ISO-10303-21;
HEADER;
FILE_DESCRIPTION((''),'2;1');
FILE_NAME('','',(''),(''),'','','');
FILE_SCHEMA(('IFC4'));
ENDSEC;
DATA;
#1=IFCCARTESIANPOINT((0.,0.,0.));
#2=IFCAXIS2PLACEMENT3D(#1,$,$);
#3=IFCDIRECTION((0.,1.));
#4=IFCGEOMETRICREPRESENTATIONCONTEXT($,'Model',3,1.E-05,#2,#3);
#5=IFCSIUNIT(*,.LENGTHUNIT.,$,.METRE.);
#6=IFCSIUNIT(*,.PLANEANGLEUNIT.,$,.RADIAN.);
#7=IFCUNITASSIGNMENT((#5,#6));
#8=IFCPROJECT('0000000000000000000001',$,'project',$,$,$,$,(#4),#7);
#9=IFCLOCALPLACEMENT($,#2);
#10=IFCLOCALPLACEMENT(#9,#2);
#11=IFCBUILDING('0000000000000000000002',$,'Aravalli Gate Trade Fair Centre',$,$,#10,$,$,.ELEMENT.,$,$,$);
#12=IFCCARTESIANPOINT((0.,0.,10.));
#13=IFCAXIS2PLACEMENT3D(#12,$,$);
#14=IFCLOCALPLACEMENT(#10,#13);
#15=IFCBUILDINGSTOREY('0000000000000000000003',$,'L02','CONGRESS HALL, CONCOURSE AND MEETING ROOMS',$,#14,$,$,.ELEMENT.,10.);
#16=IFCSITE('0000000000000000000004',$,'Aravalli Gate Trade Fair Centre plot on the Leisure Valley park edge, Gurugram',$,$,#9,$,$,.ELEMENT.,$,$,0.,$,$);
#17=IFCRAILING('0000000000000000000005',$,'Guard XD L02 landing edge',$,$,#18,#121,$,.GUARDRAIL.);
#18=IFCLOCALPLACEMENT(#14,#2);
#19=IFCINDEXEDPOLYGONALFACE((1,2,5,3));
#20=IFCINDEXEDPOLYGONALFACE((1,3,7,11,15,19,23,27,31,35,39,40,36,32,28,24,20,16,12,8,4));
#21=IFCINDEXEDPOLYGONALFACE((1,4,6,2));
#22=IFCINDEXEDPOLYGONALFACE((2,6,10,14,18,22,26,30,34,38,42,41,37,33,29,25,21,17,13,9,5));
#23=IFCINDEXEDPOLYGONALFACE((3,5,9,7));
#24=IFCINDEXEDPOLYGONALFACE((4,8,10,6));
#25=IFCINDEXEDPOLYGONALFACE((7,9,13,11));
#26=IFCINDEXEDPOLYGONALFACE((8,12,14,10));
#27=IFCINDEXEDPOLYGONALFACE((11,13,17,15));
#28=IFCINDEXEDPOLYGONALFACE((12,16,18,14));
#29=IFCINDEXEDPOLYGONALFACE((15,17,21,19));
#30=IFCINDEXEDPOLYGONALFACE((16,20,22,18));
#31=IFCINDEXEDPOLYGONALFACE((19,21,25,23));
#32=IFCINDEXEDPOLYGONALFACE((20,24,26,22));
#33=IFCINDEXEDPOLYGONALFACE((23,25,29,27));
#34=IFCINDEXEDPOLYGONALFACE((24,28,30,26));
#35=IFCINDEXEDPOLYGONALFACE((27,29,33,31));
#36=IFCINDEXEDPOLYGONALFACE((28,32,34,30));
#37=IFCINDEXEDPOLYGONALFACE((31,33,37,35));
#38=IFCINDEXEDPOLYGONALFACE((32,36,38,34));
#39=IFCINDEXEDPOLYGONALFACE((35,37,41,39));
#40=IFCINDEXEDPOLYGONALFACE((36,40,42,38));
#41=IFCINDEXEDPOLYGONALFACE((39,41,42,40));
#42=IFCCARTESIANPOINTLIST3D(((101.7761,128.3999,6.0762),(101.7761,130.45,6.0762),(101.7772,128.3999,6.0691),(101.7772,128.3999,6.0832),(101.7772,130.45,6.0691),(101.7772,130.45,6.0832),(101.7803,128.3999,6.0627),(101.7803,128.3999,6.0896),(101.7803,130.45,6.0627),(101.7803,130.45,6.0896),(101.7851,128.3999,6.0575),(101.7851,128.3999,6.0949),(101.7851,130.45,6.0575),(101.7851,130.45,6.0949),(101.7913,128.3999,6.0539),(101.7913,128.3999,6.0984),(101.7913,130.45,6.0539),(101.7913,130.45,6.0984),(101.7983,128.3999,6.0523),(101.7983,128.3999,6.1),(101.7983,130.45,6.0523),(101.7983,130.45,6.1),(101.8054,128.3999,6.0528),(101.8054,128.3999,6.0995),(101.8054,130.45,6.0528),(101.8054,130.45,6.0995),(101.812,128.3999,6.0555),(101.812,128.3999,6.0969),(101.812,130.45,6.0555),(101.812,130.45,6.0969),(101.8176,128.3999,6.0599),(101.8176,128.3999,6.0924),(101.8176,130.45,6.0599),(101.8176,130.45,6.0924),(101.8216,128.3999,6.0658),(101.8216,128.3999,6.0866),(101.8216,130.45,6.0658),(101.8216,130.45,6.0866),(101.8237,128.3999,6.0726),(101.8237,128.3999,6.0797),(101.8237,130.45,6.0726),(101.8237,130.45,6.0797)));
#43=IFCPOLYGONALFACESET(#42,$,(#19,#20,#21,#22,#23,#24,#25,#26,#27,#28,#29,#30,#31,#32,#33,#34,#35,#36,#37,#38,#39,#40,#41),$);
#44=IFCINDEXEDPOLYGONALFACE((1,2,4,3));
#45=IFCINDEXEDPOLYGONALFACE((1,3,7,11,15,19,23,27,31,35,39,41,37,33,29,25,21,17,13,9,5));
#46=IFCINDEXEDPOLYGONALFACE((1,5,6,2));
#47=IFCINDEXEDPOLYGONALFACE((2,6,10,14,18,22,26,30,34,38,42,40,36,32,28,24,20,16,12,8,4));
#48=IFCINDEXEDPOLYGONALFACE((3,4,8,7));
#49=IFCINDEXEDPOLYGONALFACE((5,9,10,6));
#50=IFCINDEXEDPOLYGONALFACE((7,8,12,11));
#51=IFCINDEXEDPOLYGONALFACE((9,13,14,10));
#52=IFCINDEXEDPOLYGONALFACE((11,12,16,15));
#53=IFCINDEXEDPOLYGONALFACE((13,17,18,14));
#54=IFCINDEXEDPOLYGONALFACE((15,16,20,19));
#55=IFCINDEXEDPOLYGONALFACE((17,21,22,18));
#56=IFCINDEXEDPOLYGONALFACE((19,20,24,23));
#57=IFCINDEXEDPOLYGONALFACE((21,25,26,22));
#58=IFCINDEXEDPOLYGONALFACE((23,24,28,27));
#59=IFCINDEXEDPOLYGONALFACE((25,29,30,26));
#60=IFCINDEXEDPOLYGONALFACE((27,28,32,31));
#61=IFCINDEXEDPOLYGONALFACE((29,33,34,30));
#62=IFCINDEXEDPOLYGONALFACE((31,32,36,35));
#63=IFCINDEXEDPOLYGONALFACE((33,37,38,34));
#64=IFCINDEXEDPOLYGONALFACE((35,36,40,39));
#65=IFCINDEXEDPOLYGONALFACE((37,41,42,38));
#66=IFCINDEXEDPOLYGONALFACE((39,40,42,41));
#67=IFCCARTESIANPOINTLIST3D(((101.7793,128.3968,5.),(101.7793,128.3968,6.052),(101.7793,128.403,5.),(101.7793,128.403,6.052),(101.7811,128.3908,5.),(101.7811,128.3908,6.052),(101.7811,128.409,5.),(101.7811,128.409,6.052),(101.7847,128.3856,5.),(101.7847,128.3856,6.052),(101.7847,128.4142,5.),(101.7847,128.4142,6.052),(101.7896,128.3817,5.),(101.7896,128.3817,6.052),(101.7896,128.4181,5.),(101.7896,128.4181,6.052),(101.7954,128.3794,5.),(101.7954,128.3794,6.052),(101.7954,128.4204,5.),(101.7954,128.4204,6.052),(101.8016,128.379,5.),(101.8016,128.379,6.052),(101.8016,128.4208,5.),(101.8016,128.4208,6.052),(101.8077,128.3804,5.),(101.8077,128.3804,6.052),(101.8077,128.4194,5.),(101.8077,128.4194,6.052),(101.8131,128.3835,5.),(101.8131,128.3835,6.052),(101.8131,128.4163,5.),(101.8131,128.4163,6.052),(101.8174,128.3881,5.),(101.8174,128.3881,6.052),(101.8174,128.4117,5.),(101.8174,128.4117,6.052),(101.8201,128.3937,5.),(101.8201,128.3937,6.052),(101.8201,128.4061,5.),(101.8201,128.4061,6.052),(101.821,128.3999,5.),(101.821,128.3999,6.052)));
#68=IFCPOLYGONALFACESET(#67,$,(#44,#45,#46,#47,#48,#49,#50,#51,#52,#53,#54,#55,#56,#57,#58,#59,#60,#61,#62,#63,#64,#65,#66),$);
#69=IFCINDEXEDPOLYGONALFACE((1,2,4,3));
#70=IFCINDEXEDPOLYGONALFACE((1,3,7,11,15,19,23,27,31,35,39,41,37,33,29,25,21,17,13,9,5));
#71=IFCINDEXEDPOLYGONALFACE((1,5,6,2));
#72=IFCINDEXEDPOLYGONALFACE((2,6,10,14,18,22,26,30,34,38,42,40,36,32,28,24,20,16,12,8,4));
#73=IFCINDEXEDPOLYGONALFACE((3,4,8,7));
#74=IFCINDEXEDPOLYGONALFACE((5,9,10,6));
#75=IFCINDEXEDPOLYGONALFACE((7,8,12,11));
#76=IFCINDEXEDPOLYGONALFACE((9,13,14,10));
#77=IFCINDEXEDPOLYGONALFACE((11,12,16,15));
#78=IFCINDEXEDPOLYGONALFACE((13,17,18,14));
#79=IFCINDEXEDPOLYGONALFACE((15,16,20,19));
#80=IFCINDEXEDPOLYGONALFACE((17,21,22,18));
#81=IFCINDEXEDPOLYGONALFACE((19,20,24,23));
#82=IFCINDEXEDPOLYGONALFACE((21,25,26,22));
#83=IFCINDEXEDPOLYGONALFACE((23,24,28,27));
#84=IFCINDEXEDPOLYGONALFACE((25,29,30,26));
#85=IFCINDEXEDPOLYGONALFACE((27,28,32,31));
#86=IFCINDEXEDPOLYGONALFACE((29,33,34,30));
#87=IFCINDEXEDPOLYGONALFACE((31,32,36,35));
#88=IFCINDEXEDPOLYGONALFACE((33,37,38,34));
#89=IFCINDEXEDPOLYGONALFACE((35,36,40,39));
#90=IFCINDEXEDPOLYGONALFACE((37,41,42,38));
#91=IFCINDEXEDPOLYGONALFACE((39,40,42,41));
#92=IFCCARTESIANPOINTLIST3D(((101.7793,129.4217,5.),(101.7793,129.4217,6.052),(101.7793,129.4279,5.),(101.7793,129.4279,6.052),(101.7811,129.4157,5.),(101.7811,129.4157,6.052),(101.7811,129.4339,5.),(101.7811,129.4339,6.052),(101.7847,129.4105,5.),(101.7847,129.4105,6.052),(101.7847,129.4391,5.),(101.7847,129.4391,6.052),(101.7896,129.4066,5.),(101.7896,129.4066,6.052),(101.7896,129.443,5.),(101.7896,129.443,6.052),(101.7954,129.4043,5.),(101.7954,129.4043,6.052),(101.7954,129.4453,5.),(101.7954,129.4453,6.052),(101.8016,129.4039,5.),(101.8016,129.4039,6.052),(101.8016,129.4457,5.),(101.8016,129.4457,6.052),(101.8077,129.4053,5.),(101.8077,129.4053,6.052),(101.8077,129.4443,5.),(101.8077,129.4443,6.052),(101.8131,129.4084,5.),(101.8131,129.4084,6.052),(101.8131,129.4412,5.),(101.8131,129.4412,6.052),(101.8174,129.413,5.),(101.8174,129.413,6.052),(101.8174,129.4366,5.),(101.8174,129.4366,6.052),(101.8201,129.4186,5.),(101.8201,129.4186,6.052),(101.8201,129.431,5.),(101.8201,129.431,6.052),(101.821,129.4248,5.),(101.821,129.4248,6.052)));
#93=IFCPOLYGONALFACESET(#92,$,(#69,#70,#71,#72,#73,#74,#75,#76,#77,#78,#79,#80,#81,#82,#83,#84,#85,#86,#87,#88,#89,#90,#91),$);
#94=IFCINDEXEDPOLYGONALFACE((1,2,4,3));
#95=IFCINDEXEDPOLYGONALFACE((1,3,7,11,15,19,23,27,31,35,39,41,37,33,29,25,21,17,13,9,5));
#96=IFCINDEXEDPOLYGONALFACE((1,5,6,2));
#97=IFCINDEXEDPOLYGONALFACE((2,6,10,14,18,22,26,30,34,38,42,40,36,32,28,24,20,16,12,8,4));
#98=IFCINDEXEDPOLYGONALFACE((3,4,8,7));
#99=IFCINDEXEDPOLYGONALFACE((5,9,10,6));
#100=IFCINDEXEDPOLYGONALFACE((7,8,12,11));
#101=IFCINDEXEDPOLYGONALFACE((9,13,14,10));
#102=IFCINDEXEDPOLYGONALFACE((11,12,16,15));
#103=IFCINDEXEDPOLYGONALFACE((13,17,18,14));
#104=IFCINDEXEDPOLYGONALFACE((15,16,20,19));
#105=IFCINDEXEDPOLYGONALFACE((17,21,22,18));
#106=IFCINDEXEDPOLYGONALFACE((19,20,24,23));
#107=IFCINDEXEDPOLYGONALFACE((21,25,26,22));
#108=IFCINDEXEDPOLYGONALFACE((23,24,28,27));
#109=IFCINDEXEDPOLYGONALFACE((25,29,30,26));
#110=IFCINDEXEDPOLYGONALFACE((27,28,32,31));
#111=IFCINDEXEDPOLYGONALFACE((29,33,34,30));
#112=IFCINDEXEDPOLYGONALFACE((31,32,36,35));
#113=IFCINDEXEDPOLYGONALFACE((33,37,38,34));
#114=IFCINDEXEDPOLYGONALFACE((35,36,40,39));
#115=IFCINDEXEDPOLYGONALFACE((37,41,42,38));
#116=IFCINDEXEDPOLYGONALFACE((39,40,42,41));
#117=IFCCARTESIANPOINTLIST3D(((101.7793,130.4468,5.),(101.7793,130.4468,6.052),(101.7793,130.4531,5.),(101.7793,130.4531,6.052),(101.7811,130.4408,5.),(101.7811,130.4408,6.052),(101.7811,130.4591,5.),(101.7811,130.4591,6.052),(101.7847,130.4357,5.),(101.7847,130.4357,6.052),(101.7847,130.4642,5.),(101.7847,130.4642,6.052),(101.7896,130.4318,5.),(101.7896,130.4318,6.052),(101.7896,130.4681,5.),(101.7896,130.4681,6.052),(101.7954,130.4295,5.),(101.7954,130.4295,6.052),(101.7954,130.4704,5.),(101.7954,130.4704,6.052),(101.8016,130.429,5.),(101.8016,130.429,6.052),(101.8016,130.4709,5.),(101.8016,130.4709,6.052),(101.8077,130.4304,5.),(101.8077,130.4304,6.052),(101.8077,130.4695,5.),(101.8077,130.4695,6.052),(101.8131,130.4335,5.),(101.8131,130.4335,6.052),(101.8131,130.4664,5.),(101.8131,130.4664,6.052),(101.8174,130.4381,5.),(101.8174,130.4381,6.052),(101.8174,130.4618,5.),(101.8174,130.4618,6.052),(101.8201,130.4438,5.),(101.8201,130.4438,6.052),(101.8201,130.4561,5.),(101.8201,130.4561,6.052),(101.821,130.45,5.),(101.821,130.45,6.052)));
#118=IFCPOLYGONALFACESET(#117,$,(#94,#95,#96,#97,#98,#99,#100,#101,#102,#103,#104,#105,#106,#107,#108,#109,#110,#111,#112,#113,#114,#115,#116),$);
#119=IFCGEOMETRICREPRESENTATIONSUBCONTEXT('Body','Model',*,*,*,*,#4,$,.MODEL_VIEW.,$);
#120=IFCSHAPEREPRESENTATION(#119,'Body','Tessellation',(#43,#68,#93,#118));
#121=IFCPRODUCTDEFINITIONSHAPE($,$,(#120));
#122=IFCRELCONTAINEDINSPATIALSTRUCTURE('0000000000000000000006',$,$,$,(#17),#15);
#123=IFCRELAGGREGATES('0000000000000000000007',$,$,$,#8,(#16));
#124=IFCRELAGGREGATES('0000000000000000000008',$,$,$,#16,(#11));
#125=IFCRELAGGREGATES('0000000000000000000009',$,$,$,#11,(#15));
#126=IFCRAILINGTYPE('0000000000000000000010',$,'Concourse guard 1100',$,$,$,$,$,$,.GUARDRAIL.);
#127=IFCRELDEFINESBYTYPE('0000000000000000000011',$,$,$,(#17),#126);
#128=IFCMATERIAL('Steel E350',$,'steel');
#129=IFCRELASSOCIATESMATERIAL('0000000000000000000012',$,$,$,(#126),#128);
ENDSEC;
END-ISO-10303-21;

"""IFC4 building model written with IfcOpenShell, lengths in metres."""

from ifc_helpers import new_model, si_unit, direction, frame, origin, origin_2d, place, context, subcontext, project, spatial, circle, extrude, material, type_object, element, save


model = new_model("IFC4")

# Units and contexts
model_context = context("Model", 3, precision=1e-05, world=origin(), true_north=direction((0.0, 1.0)))
body_context = subcontext(model_context, "Body", "Model", "MODEL_VIEW")
ifc_project = project(units=[si_unit("LENGTHUNIT", "METRE"), si_unit("PLANEANGLEUNIT", "RADIAN")], contexts=[model_context])

# Site, building, storey
site_placement = place(None, origin())
site = spatial("IfcSite", under=ifc_project, at=site_placement, Name="Aravalli Gate Trade Fair Centre plot on the Leisure Valley park edge, Gurugram", CompositionType="ELEMENT", RefElevation=0.0)
building_placement = place(site_placement, origin())
building = spatial("IfcBuilding", under=site, at=building_placement, Name="Aravalli Gate Trade Fair Centre", CompositionType="ELEMENT")
storey_placement = place(building_placement, frame((0.0, 0.0, 10.0)))
storey = spatial("IfcBuildingStorey", under=building, at=storey_placement, Name="L02", Description="CONGRESS HALL, CONCOURSE AND MEETING ROOMS", CompositionType="ELEMENT", Elevation=10.0)

# Shared definitions
ifc_material_1 = material(Name="Steel E350", Category="steel")

# Railing
railing_type = type_object("IfcRailingType", Name="Concourse guard 1100", PredefinedType="GUARDRAIL", material=ifc_material_1)
railing_1_placement = place(storey_placement, frame((101.8, 128.3999, 5.0)))
element("IfcRailing", 1, at=railing_1_placement, inside=storey, type_object=railing_type, Name="Guard XD L02 landing edge", PredefinedType="GUARDRAIL", context=body_context, shape_type="SweptSolid", body=[
    extrude(circle(Radius=0.0239, at=origin_2d()), frame((0.0, 0.0, 1.0762), z_axis=(0.0, 1.0, 0.0), x_axis=(-1.0, 0.0, 0.0)), (0.0, 0.0, 1.0), 2.05),
    extrude(circle(Radius=0.021, at=origin_2d()), origin(), (0.0, 0.0, 1.0), 1.052),
    extrude(circle(Radius=0.021, at=origin_2d()), frame((0.0, 1.0249, 0.0)), (0.0, 0.0, 1.0), 1.052),
    extrude(circle(Radius=0.021, at=origin_2d()), frame((0.0, 2.05, 0.0)), (0.0, 0.0, 1.0), 1.052),
])

save(model, "model.ifc")
